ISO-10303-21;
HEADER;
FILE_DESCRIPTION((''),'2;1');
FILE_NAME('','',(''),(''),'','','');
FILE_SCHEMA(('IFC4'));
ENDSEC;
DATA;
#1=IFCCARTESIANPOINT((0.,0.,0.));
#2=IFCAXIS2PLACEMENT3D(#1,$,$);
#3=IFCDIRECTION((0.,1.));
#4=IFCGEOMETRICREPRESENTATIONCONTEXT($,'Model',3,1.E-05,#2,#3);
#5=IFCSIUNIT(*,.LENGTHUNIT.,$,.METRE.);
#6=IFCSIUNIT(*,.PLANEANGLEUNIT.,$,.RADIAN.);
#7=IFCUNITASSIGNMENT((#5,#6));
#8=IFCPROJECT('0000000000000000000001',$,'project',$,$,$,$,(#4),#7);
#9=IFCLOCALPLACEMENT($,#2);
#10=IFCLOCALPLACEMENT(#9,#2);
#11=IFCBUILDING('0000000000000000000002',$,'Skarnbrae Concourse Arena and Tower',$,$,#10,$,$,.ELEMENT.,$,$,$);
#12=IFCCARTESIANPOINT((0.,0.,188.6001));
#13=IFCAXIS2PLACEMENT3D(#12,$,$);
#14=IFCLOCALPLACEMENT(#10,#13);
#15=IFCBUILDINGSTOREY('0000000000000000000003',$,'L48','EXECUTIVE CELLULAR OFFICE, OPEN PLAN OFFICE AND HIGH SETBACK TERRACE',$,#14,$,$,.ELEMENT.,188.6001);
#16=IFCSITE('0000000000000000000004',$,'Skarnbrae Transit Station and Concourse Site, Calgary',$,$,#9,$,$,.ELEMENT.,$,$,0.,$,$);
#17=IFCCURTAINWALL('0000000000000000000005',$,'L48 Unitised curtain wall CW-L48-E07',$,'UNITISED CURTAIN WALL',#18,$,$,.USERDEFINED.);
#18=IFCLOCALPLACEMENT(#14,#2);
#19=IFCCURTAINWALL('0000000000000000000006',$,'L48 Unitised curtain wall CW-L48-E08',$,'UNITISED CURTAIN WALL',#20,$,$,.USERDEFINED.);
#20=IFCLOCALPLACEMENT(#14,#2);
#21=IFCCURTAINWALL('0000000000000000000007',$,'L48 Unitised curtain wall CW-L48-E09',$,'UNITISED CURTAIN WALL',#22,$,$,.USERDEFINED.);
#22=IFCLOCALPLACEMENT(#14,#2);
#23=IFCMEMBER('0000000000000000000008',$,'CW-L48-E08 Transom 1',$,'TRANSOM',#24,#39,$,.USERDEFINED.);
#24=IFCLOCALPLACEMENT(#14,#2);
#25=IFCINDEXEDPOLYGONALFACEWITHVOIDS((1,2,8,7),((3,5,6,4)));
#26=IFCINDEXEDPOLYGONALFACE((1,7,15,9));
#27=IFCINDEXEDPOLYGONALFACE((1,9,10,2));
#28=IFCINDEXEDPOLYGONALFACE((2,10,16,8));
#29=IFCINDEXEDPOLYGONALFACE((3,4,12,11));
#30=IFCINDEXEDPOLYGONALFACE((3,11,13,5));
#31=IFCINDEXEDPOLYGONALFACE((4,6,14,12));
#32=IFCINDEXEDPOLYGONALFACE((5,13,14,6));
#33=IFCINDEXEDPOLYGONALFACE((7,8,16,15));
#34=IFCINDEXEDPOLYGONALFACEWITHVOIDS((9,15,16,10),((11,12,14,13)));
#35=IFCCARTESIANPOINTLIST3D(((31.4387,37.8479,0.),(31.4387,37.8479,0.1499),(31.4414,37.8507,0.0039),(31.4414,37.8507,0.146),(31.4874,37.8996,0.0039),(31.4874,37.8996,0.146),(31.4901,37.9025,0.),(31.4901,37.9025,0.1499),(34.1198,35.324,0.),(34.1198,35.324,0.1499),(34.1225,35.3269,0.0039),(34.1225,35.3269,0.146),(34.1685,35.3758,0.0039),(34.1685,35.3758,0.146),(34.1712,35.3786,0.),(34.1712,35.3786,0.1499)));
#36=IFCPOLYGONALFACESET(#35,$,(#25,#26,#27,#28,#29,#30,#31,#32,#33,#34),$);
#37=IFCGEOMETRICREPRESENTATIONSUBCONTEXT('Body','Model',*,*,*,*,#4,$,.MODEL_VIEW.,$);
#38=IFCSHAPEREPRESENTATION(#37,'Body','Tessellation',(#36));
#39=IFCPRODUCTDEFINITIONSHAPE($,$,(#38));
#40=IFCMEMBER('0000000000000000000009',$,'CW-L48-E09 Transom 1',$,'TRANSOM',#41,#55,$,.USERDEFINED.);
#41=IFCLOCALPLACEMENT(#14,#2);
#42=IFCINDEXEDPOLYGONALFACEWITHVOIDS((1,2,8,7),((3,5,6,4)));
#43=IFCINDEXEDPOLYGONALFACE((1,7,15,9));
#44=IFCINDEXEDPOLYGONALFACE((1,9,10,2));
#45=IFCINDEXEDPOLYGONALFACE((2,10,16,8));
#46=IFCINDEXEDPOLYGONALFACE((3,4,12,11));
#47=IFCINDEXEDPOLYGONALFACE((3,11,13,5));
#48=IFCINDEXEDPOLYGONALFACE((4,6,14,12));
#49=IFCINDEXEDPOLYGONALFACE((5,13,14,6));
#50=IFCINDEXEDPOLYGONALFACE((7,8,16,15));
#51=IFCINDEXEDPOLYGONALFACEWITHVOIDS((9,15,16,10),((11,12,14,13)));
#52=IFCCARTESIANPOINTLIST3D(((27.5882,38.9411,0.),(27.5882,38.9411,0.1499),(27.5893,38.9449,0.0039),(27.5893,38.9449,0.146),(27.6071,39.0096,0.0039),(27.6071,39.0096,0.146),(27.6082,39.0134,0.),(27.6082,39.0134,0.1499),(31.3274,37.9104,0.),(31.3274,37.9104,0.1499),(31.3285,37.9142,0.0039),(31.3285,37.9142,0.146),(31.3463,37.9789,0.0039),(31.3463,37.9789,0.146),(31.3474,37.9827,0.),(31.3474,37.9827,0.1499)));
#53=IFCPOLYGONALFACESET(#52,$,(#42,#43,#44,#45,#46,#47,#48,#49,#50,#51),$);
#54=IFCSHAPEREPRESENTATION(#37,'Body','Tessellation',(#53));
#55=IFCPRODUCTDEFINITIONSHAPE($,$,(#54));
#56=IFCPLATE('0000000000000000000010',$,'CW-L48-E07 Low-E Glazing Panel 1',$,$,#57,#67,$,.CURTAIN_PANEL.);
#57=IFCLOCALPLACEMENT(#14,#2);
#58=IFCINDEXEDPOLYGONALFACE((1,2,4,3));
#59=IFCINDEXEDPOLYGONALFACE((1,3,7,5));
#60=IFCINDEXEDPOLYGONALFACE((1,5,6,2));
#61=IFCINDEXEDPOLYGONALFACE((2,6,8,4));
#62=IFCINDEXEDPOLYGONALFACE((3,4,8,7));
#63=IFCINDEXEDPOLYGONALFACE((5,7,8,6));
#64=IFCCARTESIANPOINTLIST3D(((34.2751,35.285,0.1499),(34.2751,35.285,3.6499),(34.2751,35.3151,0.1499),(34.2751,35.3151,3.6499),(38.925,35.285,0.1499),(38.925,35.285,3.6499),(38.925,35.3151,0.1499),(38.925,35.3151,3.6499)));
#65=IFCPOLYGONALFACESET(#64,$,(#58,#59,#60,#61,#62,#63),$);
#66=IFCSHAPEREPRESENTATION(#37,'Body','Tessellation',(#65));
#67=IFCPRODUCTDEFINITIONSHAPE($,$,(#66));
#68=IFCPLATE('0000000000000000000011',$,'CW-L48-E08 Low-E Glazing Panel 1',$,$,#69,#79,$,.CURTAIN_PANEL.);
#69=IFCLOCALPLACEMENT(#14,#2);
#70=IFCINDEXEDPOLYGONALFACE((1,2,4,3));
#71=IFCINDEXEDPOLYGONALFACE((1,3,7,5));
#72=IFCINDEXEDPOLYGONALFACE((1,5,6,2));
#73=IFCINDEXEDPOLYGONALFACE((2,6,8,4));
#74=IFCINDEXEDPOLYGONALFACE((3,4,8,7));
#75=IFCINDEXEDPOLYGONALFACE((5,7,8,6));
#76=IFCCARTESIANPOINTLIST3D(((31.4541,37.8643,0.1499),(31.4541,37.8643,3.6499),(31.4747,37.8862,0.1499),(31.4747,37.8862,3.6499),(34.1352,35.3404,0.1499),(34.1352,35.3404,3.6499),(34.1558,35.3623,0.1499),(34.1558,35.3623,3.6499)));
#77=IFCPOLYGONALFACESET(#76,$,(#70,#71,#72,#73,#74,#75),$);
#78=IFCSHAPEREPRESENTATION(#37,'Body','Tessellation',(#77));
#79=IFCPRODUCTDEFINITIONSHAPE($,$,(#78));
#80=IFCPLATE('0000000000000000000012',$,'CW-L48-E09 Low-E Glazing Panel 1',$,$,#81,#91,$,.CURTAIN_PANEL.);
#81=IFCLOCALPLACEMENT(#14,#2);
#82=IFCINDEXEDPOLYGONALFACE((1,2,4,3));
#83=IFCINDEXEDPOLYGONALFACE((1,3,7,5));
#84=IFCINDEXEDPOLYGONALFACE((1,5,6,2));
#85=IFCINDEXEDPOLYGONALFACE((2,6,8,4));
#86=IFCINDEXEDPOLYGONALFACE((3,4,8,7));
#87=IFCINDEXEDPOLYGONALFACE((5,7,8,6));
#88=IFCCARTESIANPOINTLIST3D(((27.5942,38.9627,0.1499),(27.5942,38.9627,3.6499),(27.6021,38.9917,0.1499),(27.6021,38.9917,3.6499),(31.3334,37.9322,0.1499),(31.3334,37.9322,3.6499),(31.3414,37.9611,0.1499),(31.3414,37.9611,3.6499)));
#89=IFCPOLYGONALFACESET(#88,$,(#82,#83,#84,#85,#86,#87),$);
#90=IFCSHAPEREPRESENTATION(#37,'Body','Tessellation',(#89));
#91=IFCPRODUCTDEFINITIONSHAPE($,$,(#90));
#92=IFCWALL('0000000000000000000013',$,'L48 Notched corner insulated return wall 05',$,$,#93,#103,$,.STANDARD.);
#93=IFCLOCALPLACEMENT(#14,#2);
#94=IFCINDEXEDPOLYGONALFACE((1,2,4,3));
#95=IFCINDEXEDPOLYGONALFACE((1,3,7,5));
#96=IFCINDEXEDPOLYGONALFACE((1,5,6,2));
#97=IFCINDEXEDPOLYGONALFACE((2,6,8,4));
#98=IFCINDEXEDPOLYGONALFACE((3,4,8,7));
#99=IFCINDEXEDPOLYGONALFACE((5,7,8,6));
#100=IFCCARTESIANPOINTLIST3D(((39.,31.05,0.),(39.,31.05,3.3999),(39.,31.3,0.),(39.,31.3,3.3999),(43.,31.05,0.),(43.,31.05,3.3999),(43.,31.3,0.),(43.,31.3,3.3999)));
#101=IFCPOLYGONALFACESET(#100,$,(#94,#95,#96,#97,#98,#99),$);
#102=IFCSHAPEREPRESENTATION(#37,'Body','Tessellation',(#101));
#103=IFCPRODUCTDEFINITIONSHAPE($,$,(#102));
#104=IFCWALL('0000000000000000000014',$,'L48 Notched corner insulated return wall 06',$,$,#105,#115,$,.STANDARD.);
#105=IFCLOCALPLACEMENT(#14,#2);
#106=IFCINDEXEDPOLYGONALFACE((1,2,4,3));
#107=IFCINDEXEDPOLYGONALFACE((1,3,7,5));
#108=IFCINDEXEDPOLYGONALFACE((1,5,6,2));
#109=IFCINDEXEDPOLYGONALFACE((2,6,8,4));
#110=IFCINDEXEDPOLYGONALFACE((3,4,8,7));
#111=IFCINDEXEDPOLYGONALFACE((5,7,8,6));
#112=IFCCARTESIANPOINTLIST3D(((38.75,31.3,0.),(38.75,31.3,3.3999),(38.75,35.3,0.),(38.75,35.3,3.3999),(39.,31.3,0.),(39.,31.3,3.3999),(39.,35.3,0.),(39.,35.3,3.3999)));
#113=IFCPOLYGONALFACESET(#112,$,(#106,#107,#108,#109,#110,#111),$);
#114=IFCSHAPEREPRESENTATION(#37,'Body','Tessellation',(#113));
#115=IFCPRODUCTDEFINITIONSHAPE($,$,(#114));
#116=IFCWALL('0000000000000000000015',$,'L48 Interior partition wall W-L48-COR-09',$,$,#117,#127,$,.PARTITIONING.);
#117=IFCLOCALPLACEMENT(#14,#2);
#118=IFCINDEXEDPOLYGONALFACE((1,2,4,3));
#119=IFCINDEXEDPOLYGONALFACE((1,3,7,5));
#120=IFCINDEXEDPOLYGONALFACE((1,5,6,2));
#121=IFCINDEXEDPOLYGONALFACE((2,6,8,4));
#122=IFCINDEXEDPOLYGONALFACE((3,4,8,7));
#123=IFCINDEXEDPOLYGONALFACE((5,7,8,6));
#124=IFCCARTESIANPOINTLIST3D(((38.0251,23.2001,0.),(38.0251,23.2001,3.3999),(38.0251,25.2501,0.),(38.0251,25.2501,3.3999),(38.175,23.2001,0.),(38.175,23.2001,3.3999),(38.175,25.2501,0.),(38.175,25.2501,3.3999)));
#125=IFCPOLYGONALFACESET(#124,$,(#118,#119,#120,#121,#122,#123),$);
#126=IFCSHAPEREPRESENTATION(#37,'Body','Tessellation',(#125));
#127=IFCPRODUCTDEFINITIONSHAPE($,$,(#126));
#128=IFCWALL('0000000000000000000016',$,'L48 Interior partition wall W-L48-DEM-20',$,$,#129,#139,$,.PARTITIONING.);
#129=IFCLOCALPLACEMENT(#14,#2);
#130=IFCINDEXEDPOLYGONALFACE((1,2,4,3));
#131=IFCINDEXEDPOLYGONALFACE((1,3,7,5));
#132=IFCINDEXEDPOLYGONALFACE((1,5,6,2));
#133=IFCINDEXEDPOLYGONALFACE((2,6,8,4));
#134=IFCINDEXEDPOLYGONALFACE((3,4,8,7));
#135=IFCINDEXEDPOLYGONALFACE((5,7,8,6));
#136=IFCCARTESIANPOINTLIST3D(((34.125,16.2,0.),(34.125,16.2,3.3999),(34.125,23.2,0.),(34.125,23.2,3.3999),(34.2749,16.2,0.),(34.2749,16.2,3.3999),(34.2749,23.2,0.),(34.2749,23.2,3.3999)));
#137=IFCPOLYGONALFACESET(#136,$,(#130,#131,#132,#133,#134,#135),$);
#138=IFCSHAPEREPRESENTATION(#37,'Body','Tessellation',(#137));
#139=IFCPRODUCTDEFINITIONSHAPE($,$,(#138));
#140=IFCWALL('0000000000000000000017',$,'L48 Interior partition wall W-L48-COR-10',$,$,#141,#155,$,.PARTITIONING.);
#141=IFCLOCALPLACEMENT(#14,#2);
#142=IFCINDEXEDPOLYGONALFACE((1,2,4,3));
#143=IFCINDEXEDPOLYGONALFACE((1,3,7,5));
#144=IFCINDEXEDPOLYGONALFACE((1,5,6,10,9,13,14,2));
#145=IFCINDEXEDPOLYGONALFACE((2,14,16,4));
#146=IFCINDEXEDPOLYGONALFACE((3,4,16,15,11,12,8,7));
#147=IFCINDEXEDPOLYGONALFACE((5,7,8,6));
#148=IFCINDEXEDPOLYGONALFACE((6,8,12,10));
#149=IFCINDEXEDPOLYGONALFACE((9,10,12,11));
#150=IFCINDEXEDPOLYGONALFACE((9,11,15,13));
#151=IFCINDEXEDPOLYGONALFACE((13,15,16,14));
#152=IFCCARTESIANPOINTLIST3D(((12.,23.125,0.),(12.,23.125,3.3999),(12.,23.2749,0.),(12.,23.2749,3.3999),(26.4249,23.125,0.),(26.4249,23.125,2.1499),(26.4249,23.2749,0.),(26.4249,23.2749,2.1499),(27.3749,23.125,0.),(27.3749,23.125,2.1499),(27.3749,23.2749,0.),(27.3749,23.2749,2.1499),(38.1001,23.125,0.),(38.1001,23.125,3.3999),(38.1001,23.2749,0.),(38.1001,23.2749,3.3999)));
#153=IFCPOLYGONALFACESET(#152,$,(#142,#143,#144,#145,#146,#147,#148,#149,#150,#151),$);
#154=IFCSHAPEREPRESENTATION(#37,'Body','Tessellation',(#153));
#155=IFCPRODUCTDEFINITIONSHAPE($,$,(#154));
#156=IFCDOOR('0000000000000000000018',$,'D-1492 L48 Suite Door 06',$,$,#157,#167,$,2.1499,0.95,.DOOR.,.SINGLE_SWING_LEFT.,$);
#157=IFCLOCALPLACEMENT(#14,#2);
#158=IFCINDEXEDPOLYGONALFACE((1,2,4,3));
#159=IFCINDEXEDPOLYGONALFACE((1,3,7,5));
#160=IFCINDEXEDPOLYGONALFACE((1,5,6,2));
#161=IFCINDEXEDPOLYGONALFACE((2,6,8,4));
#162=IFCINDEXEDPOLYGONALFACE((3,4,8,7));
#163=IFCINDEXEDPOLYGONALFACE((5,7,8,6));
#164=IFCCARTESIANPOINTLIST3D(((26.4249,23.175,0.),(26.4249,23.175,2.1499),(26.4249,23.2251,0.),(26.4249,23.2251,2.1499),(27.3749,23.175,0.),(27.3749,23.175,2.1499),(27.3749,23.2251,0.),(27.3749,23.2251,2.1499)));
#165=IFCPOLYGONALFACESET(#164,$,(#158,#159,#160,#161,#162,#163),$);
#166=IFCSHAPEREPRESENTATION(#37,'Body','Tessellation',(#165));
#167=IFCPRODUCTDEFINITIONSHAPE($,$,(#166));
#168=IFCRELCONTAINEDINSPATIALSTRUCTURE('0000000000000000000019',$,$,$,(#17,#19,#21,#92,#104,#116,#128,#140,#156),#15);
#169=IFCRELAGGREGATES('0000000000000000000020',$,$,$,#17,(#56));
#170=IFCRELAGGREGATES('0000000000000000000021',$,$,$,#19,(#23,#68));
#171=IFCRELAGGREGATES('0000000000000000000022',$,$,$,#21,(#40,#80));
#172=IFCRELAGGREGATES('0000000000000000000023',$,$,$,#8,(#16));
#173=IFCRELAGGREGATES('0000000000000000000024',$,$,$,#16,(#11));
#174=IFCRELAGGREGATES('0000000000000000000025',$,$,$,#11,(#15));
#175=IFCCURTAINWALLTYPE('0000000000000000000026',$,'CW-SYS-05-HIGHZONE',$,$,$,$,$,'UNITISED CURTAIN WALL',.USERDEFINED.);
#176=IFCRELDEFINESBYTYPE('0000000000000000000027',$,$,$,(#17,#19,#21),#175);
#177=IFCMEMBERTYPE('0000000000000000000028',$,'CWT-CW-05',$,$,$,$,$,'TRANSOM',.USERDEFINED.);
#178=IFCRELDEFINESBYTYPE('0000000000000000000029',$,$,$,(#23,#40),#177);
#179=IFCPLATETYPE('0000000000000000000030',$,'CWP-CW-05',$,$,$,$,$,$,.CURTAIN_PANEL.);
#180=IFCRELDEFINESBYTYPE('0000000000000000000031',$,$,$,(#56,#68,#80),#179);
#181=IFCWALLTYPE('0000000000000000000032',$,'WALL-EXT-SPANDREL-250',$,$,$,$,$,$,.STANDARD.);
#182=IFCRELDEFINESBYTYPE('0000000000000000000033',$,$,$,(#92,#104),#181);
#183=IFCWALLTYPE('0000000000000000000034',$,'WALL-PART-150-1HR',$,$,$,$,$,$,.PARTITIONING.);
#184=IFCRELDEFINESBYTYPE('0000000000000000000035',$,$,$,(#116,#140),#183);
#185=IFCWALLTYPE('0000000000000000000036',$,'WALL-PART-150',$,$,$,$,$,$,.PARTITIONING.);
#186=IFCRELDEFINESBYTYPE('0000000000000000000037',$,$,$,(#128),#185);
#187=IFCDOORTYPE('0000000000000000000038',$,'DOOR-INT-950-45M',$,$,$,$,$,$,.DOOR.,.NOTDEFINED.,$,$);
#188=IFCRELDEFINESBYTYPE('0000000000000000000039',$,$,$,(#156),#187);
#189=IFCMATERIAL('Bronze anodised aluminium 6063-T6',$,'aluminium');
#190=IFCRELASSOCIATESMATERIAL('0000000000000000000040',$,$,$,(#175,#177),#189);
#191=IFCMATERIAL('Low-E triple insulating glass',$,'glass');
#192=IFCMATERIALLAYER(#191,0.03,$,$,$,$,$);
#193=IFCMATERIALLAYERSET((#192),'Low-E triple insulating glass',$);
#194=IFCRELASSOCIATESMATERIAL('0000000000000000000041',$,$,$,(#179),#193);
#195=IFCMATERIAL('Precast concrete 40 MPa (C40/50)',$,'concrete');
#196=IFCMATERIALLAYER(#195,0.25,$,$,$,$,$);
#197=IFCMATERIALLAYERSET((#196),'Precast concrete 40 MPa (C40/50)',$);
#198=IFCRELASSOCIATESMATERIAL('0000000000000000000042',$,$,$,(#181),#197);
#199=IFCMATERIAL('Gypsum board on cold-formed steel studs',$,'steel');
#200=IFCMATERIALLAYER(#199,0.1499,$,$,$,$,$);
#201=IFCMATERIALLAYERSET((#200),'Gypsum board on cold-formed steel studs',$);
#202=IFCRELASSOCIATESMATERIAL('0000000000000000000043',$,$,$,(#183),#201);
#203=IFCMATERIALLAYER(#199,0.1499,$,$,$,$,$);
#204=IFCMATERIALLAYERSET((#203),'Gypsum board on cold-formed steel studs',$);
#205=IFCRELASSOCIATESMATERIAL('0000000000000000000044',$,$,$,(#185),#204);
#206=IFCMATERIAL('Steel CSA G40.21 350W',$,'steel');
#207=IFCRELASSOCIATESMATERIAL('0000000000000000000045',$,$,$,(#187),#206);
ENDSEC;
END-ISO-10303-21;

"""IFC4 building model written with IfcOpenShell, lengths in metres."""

from ifc_helpers import new_model, si_unit, direction, frame, frame_2d, origin, origin_2d, place, context, subcontext, project, spatial, rectangle, hollow_rectangle, extrude, source, transform, mapped, material, layer, layer_set, material_profile, profile_set, type_object, element, fill, aggregate, save


model = new_model("IFC4")

# Units and contexts
model_context = context("Model", 3, precision=1e-05, world=origin(), true_north=direction((0.0, 1.0)))
body_context = subcontext(model_context, "Body", "Model", "MODEL_VIEW")
ifc_project = project(units=[si_unit("LENGTHUNIT", "METRE"), si_unit("PLANEANGLEUNIT", "RADIAN")], contexts=[model_context])

# Site, building, storey
site_placement = place(None, origin())
site = spatial("IfcSite", under=ifc_project, at=site_placement, Name="Skarnbrae Transit Station and Concourse Site, Calgary", CompositionType="ELEMENT", RefElevation=0.0)
building_placement = place(site_placement, origin())
building = spatial("IfcBuilding", under=site, at=building_placement, Name="Skarnbrae Concourse Arena and Tower", CompositionType="ELEMENT")
storey_placement = place(building_placement, frame((0.0, 0.0, 188.6001)))
storey = spatial("IfcBuildingStorey", under=building, at=storey_placement, Name="L48", Description="EXECUTIVE CELLULAR OFFICE, OPEN PLAN OFFICE AND HIGH SETBACK TERRACE", CompositionType="ELEMENT", Elevation=188.6001)

# Shared definitions
ifc_material_1 = material(Name="Steel CSA G40.21 350W", Category="steel")

# Curtain walls
ifc_material_2 = material(Name="Bronze anodised aluminium 6063-T6", Category="aluminium")
curtain_wall_type = type_object("IfcCurtainWallType", Name="CW-SYS-05-HIGHZONE", ElementType="UNITISED CURTAIN WALL", PredefinedType="USERDEFINED", material=ifc_material_2)
curtain_wall_1_placement = place(storey_placement, origin())
curtain_wall_1 = element("IfcCurtainWall", 1, at=curtain_wall_1_placement, inside=storey, type_object=curtain_wall_type, Name="L48 Unitised curtain wall CW-L48-E07", ObjectType="UNITISED CURTAIN WALL", PredefinedType="USERDEFINED")
curtain_wall_2_placement = place(storey_placement, origin())
curtain_wall_2 = element("IfcCurtainWall", 2, at=curtain_wall_2_placement, inside=storey, type_object=curtain_wall_type, Name="L48 Unitised curtain wall CW-L48-E08", ObjectType="UNITISED CURTAIN WALL", PredefinedType="USERDEFINED")

# Curtain wall
curtain_wall_3_placement = place(storey_placement, origin())
curtain_wall_3 = element("IfcCurtainWall", 3, at=curtain_wall_3_placement, inside=storey, type_object=curtain_wall_type, Name="L48 Unitised curtain wall CW-L48-E09", ObjectType="UNITISED CURTAIN WALL", PredefinedType="USERDEFINED")

# Members
ifc_material_profile_1 = material_profile(ifc_material_2, hollow_rectangle(XDim=0.075, YDim=0.1499, WallThickness=0.0039, at=origin_2d()), Name="ALU-TRAN-75X150")
ifc_profile_set_1 = profile_set([ifc_material_profile_1], Name="Bronze anodised aluminium 6063-T6")
member_type_1 = type_object("IfcMemberType", Name="CWT-CW-05", ElementType="TRANSOM", PredefinedType="USERDEFINED", material=ifc_profile_set_1)
shared_shape_1 = source(origin(), body_context, "Body", "SweptSolid", [
    extrude(hollow_rectangle(XDim=0.075, YDim=0.1499, WallThickness=0.0039, at=origin_2d()), origin(), (0.0, 0.0, 1.0), 3.6821),
])
member_1_placement = place(storey_placement, frame((34.1455, 35.3513, 0.075), z_axis=(-0.728134, 0.685435, 0.0), x_axis=(-0.685435, -0.728134, 0.0)))
member_1 = element("IfcMember", 4, at=member_1_placement, type_object=member_type_1, Name="CW-L48-E08 Transom 1", ObjectType="TRANSOM", PredefinedType="USERDEFINED", context=body_context, shape_type="MappedRepresentation", body=[
    mapped(shared_shape_1, transform((0.0, 0.0, 0.0))),
])
shared_shape_2 = source(origin(), body_context, "Body", "SweptSolid", [
    extrude(hollow_rectangle(XDim=0.075, YDim=0.1499, WallThickness=0.0039, at=origin_2d()), origin(), (0.0, 0.0, 1.0), 3.8787),
])
member_2_placement = place(storey_placement, frame((31.3374, 37.9465, 0.075), z_axis=(-0.964043, 0.265747, 0.0), x_axis=(-0.265747, -0.964043, 0.0)))
member_2 = element("IfcMember", 5, at=member_2_placement, type_object=member_type_1, Name="CW-L48-E09 Transom 1", ObjectType="TRANSOM", PredefinedType="USERDEFINED", context=body_context, shape_type="MappedRepresentation", body=[
    mapped(shared_shape_2, transform((0.0, 0.0, 0.0))),
])

# Plates
ifc_material_3 = material(Name="Low-E triple insulating glass", Category="glass")
ifc_layer_1 = layer(ifc_material_3, 0.03)
ifc_layer_set_1 = layer_set([ifc_layer_1], Name="Low-E triple insulating glass")
plate_type = type_object("IfcPlateType", Name="CWP-CW-05", PredefinedType="CURTAIN_PANEL", material=ifc_layer_set_1)
shared_shape_3 = source(origin(), body_context, "Body", "SweptSolid", [
    extrude(rectangle(XDim=4.6499, YDim=0.03, at=origin_2d()), origin(), (0.0, 0.0, 1.0), 3.5),
])
plate_1_placement = place(storey_placement, frame((36.6001, 35.3, 0.1499), z_axis=(0.0, 0.0, 1.0), x_axis=(-1.0, 0.0, 0.0)))
plate_1 = element("IfcPlate", 6, at=plate_1_placement, type_object=plate_type, Name="CW-L48-E07 Low-E Glazing Panel 1", PredefinedType="CURTAIN_PANEL", context=body_context, shape_type="MappedRepresentation", body=[
    mapped(shared_shape_3, transform((0.0, 0.0, 0.0))),
])
aggregate(curtain_wall_1, [plate_1])
shared_shape_4 = source(origin(), body_context, "Body", "SweptSolid", [
    extrude(rectangle(XDim=3.6821, YDim=0.03, at=origin_2d()), origin(), (0.0, 0.0, 1.0), 3.5),
])
plate_2_placement = place(storey_placement, frame((32.8049, 36.6133, 0.1499), z_axis=(0.0, 0.0, 1.0), x_axis=(-0.728131, 0.685438, 0.0)))
plate_2 = element("IfcPlate", 7, at=plate_2_placement, type_object=plate_type, Name="CW-L48-E08 Low-E Glazing Panel 1", PredefinedType="CURTAIN_PANEL", context=body_context, shape_type="MappedRepresentation", body=[
    mapped(shared_shape_4, transform((0.0, 0.0, 0.0))),
])
aggregate(curtain_wall_2, [member_1, plate_2])
shared_shape_5 = source(origin(), body_context, "Body", "SweptSolid", [
    extrude(rectangle(XDim=3.8787, YDim=0.03, at=origin_2d()), origin(), (0.0, 0.0, 1.0), 3.5),
])
plate_3_placement = place(storey_placement, frame((29.4678, 38.4619, 0.1499), z_axis=(0.0, 0.0, 1.0), x_axis=(-0.964057, 0.265694, 0.0)))
plate_3 = element("IfcPlate", 8, at=plate_3_placement, type_object=plate_type, Name="CW-L48-E09 Low-E Glazing Panel 1", PredefinedType="CURTAIN_PANEL", context=body_context, shape_type="MappedRepresentation", body=[
    mapped(shared_shape_5, transform((0.0, 0.0, 0.0))),
])
aggregate(curtain_wall_3, [member_2, plate_3])

# Walls
ifc_material_4 = material(Name="Precast concrete 40 MPa (C40/50)", Category="concrete")
ifc_layer_2 = layer(ifc_material_4, 0.25)
ifc_layer_set_2 = layer_set([ifc_layer_2], Name="Precast concrete 40 MPa (C40/50)")
wall_type_1 = type_object("IfcWallType", Name="WALL-EXT-SPANDREL-250", PredefinedType="STANDARD", material=ifc_layer_set_2)
shared_shape_6 = source(origin(), body_context, "Body", "SweptSolid", [
    extrude(rectangle(XDim=4.0, YDim=0.25, at=frame_2d((2.0, 0.0))), origin(), (0.0, 0.0, 1.0), 3.3999),
])
for number, where, z_axis, x_axis, name in (
    (9, (43.0, 31.175, 0.0), (0.0, 0.0, 1.0), (-1.0, 0.0, 0.0), "L48 Notched corner insulated return wall 05"),
    (10, (38.875, 31.3, 0.0), (0.0, 0.0, 1.0), (0.0, 1.0, 0.0), "L48 Notched corner insulated return wall 06"),
):
    element("IfcWall", number, at=place(storey_placement, frame(where, z_axis=z_axis, x_axis=x_axis)), inside=storey, type_object=wall_type_1, Name=name, PredefinedType="STANDARD", context=body_context, shape_type="MappedRepresentation", body=[
        mapped(shared_shape_6, transform((0.0, 0.0, 0.0))),
    ])
ifc_material_5 = material(Name="Gypsum board on cold-formed steel studs", Category="steel")
ifc_layer_3 = layer(ifc_material_5, 0.1499)
ifc_layer_set_3 = layer_set([ifc_layer_3], Name="Gypsum board on cold-formed steel studs")
wall_type_2 = type_object("IfcWallType", Name="WALL-PART-150-1HR", PredefinedType="PARTITIONING", material=ifc_layer_set_3)
shared_shape_7 = source(origin(), body_context, "Body", "SweptSolid", [
    extrude(rectangle(XDim=2.05, YDim=0.1499, at=frame_2d((1.0249, 0.0))), origin(), (0.0, 0.0, 1.0), 3.3999),
])
wall_1_placement = place(storey_placement, frame((38.1001, 25.25, 0.0), z_axis=(0.0, 0.0, 1.0), x_axis=(0.0, -1.0, 0.0)))
element("IfcWall", 11, at=wall_1_placement, inside=storey, type_object=wall_type_2, Name="L48 Interior partition wall W-L48-COR-09", PredefinedType="PARTITIONING", context=body_context, shape_type="MappedRepresentation", body=[
    mapped(shared_shape_7, transform((0.0, 0.0, 0.0))),
])
ifc_layer_4 = layer(ifc_material_5, 0.1499)
ifc_layer_set_4 = layer_set([ifc_layer_4], Name="Gypsum board on cold-formed steel studs")
wall_type_3 = type_object("IfcWallType", Name="WALL-PART-150", PredefinedType="PARTITIONING", material=ifc_layer_set_4)
shared_shape_8 = source(origin(), body_context, "Body", "SweptSolid", [
    extrude(rectangle(XDim=7.0, YDim=0.1499, at=frame_2d((3.5, 0.0))), origin(), (0.0, 0.0, 1.0), 3.3999),
])
wall_2_placement = place(storey_placement, frame((34.2, 23.2, 0.0), z_axis=(0.0, 0.0, 1.0), x_axis=(0.0, -1.0, 0.0)))
element("IfcWall", 12, at=wall_2_placement, inside=storey, type_object=wall_type_3, Name="L48 Interior partition wall W-L48-DEM-20", PredefinedType="PARTITIONING", context=body_context, shape_type="MappedRepresentation", body=[
    mapped(shared_shape_8, transform((0.0, 0.0, 0.0))),
])

# Wall, opening, door
shared_shape_9 = source(origin(), body_context, "Body", "SweptSolid", [
    extrude(rectangle(XDim=26.1001, YDim=0.1499, at=frame_2d((13.05, 0.0))), origin(), (0.0, 0.0, 1.0), 3.3999),
])
wall_3_placement = place(storey_placement, frame((38.1001, 23.2, 0.0), z_axis=(0.0, 0.0, 1.0), x_axis=(-1.0, 0.0, 0.0)))
wall_3 = element("IfcWall", 13, at=wall_3_placement, inside=storey, type_object=wall_type_2, Name="L48 Interior partition wall W-L48-COR-10", PredefinedType="PARTITIONING", context=body_context, shape_type="MappedRepresentation", body=[
    mapped(shared_shape_9, transform((0.0, 0.0, 0.0))),
])
opening_placement = place(wall_3_placement, frame((10.7251, 0.0, 0.0)))
opening = element("IfcOpeningElement", 14, at=opening_placement, cuts=wall_3, PredefinedType="OPENING", context=body_context, shape_type="SweptSolid", body=[
    extrude(rectangle(XDim=0.95, YDim=2.1499, at=frame_2d((0.4751, 1.075))), frame((0.0, 0.085, 0.0), z_axis=(0.0, -1.0, 0.0), x_axis=(1.0, 0.0, 0.0)), (0.0, 0.0, 1.0), 0.1699),
])
door_type = type_object("IfcDoorType", Name="DOOR-INT-950-45M", OperationType="NOTDEFINED", PredefinedType="DOOR", material=ifc_material_1)
shared_shape_10 = source(origin(), body_context, "Body", "SweptSolid", [
    extrude(rectangle(XDim=0.95, YDim=2.1499, at=frame_2d((0.4751, 1.075))), frame((0.0, 0.0249, 0.0), z_axis=(0.0, -1.0, 0.0), x_axis=(1.0, 0.0, 0.0)), (0.0, 0.0, 1.0), 0.05),
])
door_placement = place(opening_placement, origin())
door = element("IfcDoor", 15, at=door_placement, inside=storey, type_object=door_type, Name="D-1492 L48 Suite Door 06", OperationType="SINGLE_SWING_LEFT", OverallHeight=2.1499, OverallWidth=0.95, PredefinedType="DOOR", context=body_context, shape_type="MappedRepresentation", body=[
    mapped(shared_shape_10, transform((0.0, 0.0, 0.0))),
])
fill(opening, door)

save(model, "model.ifc")
